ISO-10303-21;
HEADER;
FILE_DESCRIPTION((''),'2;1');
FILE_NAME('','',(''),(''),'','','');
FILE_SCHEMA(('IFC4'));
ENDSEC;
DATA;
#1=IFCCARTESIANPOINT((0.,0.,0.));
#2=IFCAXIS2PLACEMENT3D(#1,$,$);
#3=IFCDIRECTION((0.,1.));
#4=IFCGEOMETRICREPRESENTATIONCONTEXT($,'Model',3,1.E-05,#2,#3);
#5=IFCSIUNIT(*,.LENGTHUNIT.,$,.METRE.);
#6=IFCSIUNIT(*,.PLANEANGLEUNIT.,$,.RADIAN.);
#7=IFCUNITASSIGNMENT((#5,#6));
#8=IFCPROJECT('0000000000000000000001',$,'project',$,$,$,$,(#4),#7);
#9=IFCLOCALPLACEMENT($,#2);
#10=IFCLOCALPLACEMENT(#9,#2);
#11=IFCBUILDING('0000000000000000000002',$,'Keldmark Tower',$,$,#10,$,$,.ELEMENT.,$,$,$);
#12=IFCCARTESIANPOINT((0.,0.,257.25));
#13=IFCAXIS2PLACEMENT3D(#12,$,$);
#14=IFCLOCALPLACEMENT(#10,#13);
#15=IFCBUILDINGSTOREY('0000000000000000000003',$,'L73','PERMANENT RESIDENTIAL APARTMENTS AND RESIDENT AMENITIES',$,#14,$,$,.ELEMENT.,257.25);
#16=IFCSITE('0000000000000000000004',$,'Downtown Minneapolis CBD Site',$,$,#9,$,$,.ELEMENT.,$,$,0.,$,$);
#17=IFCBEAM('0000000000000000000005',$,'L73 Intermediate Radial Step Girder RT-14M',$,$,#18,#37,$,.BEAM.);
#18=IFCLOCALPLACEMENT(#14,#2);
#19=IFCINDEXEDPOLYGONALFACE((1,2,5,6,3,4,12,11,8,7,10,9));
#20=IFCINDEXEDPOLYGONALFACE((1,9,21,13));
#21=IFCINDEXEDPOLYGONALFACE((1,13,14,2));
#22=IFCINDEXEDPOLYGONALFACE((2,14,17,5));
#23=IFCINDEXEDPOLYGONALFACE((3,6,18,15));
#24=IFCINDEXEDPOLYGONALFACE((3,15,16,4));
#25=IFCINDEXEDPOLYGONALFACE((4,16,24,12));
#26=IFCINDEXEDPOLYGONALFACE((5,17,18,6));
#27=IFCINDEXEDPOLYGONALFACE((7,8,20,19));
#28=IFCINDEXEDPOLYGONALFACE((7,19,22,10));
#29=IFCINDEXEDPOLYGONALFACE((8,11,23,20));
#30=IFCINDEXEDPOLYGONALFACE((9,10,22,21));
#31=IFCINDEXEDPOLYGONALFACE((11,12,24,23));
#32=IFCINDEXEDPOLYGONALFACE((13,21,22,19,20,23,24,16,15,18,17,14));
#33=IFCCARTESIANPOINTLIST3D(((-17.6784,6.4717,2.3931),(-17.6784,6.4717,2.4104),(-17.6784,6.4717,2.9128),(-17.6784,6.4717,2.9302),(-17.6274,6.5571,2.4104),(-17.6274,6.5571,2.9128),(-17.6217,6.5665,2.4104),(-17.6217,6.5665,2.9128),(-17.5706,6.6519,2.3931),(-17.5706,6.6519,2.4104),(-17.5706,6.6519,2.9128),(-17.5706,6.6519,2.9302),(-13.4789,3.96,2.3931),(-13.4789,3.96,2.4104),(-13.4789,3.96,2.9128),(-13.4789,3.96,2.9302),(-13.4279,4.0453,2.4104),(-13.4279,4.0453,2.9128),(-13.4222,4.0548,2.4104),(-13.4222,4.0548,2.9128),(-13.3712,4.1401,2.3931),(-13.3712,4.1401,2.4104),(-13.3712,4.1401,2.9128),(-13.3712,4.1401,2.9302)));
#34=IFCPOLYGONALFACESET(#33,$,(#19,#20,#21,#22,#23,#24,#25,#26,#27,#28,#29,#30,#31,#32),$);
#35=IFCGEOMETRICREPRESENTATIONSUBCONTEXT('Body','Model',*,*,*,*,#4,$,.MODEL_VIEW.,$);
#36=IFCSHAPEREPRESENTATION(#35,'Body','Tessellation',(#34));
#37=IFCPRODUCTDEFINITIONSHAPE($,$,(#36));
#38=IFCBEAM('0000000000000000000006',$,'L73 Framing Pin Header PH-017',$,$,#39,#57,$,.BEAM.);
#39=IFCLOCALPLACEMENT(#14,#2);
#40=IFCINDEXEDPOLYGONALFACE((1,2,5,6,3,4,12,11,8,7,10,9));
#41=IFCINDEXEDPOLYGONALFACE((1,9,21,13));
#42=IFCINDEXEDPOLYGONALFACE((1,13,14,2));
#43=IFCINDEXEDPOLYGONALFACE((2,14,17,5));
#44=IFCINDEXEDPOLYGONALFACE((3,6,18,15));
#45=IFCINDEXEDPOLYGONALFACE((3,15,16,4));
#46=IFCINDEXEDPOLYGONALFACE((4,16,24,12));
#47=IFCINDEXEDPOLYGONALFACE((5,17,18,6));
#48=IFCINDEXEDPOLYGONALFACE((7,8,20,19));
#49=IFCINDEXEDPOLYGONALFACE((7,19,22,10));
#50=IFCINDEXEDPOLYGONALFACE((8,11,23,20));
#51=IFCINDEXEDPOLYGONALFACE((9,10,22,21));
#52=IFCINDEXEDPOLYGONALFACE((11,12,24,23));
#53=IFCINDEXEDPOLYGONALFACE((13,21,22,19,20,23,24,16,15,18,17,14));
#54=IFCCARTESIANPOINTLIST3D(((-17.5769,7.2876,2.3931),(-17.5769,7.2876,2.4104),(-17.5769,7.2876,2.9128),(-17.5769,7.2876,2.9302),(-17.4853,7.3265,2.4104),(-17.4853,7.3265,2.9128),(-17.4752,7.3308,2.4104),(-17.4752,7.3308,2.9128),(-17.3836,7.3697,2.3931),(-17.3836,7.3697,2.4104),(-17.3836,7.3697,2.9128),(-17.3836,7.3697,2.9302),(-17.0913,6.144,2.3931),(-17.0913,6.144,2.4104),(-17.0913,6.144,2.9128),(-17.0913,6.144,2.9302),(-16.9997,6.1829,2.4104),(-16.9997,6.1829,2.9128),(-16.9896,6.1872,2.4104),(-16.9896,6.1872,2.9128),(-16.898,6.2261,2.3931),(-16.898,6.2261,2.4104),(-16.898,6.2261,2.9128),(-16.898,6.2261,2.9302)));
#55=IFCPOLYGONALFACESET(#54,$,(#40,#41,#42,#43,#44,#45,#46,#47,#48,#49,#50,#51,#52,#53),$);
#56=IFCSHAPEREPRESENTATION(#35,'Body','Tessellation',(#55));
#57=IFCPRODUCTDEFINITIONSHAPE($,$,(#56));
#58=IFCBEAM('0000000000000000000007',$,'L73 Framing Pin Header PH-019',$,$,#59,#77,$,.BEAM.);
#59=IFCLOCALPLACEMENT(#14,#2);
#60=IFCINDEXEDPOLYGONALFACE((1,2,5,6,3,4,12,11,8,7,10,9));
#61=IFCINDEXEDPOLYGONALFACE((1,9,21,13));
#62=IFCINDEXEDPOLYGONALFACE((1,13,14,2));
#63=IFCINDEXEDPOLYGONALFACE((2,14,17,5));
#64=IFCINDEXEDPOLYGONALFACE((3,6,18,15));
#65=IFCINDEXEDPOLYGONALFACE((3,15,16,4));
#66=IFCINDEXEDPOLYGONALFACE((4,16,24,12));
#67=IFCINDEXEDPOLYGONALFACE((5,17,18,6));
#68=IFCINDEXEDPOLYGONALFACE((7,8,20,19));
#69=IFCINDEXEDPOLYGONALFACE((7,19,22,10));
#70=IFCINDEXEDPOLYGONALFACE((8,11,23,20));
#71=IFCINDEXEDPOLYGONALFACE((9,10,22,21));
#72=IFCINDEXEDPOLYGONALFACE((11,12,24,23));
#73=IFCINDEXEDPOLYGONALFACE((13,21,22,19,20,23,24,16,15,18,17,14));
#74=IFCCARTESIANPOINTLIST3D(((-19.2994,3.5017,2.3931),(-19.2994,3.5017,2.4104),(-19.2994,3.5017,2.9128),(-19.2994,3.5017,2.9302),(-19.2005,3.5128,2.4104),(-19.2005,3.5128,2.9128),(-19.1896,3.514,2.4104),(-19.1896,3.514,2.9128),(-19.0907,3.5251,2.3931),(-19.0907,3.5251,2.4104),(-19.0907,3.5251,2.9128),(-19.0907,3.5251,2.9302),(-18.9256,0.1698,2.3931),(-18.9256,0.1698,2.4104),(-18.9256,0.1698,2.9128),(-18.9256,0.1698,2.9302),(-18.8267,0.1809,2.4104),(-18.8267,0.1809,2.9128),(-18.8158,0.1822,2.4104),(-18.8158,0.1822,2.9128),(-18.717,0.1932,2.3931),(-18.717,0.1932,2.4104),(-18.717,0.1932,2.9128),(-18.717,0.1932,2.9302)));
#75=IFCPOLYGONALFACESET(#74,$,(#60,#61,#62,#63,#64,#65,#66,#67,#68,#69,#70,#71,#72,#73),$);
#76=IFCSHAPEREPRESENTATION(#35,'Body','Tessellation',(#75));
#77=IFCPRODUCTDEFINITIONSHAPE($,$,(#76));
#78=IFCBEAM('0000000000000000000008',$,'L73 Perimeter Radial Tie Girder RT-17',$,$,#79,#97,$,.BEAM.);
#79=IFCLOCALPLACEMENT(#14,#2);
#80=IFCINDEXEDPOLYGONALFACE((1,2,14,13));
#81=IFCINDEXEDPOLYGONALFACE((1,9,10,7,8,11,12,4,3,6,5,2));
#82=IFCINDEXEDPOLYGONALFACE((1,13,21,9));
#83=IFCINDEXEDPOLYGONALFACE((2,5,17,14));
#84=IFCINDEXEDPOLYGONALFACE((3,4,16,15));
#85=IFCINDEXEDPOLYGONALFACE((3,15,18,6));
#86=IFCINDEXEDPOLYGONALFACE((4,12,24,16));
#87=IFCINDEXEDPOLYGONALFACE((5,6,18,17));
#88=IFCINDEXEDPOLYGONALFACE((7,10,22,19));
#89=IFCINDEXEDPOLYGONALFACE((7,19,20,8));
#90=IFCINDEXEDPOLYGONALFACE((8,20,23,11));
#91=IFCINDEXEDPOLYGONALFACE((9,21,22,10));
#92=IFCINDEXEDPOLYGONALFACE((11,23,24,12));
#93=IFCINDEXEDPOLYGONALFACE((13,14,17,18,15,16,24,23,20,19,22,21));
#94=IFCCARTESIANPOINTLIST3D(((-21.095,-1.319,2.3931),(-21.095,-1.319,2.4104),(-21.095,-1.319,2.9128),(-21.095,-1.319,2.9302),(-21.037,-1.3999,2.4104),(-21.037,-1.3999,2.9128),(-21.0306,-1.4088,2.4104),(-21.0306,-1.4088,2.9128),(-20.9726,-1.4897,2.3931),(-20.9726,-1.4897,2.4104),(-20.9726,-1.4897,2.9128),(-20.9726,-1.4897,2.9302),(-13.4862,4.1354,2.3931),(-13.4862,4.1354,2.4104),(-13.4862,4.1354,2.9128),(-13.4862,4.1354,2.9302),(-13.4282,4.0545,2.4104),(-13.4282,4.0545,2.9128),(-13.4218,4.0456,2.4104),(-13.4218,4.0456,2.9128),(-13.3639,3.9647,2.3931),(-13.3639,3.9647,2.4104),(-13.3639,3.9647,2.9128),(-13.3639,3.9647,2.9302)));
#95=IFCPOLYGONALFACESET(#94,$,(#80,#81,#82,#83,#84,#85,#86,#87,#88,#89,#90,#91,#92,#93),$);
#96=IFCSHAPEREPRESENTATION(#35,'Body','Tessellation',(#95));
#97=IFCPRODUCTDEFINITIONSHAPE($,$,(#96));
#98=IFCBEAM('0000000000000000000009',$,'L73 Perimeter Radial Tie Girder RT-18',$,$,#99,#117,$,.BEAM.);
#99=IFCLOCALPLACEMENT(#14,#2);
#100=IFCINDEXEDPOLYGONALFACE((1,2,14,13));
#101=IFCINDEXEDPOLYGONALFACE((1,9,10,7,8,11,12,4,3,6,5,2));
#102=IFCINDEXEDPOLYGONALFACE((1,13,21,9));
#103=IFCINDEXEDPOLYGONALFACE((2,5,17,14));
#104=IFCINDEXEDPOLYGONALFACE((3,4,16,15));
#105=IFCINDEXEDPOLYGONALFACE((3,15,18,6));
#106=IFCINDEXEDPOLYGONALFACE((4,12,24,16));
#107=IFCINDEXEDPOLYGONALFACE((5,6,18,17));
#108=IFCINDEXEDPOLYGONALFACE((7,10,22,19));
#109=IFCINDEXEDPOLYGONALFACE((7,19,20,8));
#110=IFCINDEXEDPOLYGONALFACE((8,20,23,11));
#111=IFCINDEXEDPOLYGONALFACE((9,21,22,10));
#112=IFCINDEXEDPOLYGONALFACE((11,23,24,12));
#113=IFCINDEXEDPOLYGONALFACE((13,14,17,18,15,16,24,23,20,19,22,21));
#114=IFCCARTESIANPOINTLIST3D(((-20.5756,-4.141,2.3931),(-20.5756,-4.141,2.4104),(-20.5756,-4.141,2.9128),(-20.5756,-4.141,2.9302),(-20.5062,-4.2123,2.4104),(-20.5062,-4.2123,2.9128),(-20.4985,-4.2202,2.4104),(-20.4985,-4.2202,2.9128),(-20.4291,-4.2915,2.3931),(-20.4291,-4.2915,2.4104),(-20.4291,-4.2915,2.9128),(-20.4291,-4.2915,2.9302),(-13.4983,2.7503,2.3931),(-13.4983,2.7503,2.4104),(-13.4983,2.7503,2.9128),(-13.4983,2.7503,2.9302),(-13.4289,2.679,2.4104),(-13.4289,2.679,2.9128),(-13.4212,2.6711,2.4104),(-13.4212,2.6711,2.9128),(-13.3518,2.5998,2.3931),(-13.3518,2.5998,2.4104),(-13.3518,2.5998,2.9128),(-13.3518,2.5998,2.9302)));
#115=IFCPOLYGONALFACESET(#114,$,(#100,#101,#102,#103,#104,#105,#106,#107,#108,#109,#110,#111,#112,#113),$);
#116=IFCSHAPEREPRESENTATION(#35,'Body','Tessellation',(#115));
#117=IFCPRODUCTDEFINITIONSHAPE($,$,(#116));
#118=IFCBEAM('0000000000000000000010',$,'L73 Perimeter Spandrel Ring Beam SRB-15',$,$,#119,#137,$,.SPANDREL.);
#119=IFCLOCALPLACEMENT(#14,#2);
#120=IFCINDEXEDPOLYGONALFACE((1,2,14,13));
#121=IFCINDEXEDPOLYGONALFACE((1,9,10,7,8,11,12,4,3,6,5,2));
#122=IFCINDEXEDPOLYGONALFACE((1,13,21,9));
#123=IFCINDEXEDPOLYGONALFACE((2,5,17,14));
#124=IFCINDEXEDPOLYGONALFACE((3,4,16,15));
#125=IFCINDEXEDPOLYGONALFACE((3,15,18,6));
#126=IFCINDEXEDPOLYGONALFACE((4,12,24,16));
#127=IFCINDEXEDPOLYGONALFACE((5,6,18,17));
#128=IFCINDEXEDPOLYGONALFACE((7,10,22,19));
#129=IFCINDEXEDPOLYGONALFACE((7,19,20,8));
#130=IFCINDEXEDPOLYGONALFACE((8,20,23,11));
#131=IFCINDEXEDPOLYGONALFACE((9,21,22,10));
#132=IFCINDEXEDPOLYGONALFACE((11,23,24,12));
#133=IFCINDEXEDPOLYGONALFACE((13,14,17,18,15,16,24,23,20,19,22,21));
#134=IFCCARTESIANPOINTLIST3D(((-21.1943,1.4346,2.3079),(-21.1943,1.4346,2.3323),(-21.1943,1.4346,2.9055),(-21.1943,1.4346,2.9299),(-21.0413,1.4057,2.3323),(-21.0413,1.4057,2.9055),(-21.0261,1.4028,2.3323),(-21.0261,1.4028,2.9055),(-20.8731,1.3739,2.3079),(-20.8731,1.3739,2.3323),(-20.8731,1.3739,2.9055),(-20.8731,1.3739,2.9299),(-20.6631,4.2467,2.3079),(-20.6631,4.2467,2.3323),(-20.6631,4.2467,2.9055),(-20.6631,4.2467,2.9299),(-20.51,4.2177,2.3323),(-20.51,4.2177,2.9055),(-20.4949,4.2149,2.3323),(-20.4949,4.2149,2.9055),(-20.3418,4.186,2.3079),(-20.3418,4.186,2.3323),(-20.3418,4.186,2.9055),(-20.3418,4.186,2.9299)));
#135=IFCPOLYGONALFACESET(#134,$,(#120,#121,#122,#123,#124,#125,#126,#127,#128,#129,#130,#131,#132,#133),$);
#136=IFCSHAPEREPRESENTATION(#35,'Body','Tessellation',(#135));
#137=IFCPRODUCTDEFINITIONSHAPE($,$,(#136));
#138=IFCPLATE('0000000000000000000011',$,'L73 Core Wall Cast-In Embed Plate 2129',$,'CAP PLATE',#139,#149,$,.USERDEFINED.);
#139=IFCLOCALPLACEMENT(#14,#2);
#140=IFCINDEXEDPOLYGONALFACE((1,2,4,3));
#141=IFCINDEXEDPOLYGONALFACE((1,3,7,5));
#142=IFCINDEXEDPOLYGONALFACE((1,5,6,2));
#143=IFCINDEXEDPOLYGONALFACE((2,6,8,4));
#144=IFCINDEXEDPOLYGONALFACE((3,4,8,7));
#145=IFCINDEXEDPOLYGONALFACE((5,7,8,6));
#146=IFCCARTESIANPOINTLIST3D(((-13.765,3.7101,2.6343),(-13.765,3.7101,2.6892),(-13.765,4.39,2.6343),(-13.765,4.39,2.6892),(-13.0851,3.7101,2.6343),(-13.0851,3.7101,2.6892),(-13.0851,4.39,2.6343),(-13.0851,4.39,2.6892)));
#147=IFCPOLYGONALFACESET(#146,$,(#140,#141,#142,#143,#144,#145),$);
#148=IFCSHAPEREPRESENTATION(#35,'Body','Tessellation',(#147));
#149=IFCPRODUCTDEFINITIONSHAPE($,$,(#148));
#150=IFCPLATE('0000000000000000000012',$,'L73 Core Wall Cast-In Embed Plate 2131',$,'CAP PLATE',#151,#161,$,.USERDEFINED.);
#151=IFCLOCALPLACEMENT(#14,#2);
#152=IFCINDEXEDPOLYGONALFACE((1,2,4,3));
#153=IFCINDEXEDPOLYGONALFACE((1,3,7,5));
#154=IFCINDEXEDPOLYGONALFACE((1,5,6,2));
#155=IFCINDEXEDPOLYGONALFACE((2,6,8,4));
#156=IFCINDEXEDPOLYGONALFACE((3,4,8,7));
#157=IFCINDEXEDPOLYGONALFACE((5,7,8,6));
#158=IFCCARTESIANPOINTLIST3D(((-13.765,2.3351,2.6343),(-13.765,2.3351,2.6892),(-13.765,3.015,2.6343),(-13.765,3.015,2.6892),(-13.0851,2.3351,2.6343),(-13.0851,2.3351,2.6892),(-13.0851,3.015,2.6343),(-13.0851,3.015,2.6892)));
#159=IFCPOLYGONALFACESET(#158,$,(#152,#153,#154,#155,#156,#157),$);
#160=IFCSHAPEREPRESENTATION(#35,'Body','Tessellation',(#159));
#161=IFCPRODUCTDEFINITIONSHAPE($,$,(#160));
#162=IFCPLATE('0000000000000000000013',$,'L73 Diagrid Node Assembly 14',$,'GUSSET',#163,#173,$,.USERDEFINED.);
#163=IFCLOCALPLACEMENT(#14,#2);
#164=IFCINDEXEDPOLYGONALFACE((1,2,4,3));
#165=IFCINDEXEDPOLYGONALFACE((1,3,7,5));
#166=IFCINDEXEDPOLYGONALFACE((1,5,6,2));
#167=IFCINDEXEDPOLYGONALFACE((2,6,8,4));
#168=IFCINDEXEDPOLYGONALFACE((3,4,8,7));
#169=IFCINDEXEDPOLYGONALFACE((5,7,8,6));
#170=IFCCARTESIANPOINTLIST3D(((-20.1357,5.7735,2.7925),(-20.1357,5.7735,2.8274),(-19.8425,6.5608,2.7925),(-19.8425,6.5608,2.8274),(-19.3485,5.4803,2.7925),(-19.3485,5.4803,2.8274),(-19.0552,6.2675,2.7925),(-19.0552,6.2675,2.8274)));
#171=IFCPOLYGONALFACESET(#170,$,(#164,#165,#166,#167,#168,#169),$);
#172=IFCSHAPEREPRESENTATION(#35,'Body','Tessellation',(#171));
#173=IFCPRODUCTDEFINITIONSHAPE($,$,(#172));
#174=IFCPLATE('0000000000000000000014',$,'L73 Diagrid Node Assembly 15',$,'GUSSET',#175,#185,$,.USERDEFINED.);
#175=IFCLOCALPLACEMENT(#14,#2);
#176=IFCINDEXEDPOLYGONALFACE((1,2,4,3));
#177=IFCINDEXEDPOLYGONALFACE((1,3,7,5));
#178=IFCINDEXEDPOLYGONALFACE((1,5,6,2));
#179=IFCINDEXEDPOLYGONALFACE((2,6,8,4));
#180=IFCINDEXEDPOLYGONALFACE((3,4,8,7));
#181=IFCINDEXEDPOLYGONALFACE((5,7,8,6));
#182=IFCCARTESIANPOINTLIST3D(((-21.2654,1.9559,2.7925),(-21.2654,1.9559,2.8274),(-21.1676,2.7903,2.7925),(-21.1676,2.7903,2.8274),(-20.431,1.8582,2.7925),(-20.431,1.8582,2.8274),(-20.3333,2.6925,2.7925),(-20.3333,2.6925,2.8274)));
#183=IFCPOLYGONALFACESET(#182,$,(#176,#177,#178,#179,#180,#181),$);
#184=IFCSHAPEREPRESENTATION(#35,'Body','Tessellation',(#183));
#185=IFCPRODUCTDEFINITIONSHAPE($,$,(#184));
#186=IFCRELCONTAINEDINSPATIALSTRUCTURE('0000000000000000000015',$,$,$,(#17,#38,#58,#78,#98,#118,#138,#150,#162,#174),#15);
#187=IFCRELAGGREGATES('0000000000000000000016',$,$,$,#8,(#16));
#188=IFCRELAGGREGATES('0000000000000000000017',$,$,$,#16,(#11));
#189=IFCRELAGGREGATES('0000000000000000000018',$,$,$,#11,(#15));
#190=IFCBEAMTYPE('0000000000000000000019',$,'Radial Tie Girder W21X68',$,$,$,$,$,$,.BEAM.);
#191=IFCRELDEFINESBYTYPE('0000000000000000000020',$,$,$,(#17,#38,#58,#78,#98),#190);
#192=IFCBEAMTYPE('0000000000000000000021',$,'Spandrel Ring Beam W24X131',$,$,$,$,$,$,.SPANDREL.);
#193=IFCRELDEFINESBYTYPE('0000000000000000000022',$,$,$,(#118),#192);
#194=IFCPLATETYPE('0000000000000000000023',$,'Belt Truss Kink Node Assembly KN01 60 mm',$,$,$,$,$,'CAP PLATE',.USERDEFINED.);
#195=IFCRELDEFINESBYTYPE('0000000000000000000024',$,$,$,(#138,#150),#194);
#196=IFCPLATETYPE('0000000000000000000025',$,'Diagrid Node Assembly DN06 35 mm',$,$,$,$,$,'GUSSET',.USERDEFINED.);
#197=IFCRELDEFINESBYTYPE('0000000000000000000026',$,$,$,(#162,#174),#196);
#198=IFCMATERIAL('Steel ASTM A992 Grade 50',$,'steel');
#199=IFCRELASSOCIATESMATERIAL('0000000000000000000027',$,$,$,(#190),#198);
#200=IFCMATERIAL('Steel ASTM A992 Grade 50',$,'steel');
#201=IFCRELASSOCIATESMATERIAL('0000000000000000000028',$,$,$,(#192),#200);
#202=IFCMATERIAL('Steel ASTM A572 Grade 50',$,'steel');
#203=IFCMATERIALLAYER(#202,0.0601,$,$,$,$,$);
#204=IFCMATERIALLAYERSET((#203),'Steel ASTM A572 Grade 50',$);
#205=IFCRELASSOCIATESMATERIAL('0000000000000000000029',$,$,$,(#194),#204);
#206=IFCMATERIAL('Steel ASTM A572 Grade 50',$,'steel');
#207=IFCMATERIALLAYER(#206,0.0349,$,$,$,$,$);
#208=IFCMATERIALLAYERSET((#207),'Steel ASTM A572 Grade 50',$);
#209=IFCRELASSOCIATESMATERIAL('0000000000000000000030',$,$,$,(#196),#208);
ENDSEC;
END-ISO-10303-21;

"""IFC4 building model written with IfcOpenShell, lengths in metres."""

from ifc_helpers import new_model, si_unit, direction, frame, origin, origin_2d, place, context, subcontext, project, spatial, rectangle, i_section, extrude, material, layer, layer_set, material_profile, profile_set, type_object, element, save


model = new_model("IFC4")

# Units and contexts
model_context = context("Model", 3, precision=1e-05, world=origin(), true_north=direction((0.0, 1.0)))
body_context = subcontext(model_context, "Body", "Model", "MODEL_VIEW")
ifc_project = project(units=[si_unit("LENGTHUNIT", "METRE"), si_unit("PLANEANGLEUNIT", "RADIAN")], contexts=[model_context])

# Site, building, storey
site_placement = place(None, origin())
site = spatial("IfcSite", under=ifc_project, at=site_placement, Name="Downtown Minneapolis CBD Site", CompositionType="ELEMENT", RefElevation=0.0)
building_placement = place(site_placement, origin())
building = spatial("IfcBuilding", under=site, at=building_placement, Name="Keldmark Tower", CompositionType="ELEMENT")
storey_placement = place(building_placement, frame((0.0, 0.0, 257.25)))
storey = spatial("IfcBuildingStorey", under=building, at=storey_placement, Name="L73", Description="PERMANENT RESIDENTIAL APARTMENTS AND RESIDENT AMENITIES", CompositionType="ELEMENT", Elevation=257.25)

# Beams
ifc_material_1 = material(Name="Steel ASTM A992 Grade 50", Category="steel")
ifc_material_profile_1 = material_profile(ifc_material_1, i_section(OverallWidth=0.21, OverallDepth=0.5371, WebThickness=0.011, FlangeThickness=0.0173, at=origin_2d()), Name="W21X68")
ifc_profile_set_1 = profile_set([ifc_material_profile_1], Name="Steel ASTM A992 Grade 50")
beam_type_1 = type_object("IfcBeamType", Name="Radial Tie Girder W21X68", PredefinedType="BEAM", material=ifc_profile_set_1)
beam_1_placement = place(storey_placement, frame((-13.425, 4.05, 2.6616), z_axis=(-0.85821, 0.513299, 0.0), x_axis=(-0.513299, -0.85821, 0.0)))
element("IfcBeam", 1, at=beam_1_placement, inside=storey, type_object=beam_type_1, Name="L73 Intermediate Radial Step Girder RT-14M", PredefinedType="BEAM", context=body_context, shape_type="SweptSolid", body=[
    extrude(i_section(OverallWidth=0.21, OverallDepth=0.5371, WebThickness=0.011, FlangeThickness=0.0173, at=origin_2d()), origin(), (0.0, 0.0, 1.0), 4.8933),
])
beam_2_placement = place(storey_placement, frame((-16.9946, 6.1851, 2.6616), z_axis=(-0.390858, 0.920451, 0.0), x_axis=(-0.920451, -0.390858, 0.0)))
element("IfcBeam", 2, at=beam_2_placement, inside=storey, type_object=beam_type_1, Name="L73 Framing Pin Header PH-017", PredefinedType="BEAM", context=body_context, shape_type="SweptSolid", body=[
    extrude(i_section(OverallWidth=0.21, OverallDepth=0.5371, WebThickness=0.011, FlangeThickness=0.0173, at=origin_2d()), origin(), (0.0, 0.0, 1.0), 1.2424),
])
beam_3_placement = place(storey_placement, frame((-19.1951, 3.5134, 2.6616), z_axis=(0.111486, -0.993766, 0.0), x_axis=(0.993766, 0.111486, 0.0)))
element("IfcBeam", 3, at=beam_3_placement, inside=storey, type_object=beam_type_1, Name="L73 Framing Pin Header PH-019", PredefinedType="BEAM", context=body_context, shape_type="SweptSolid", body=[
    extrude(i_section(OverallWidth=0.21, OverallDepth=0.5371, WebThickness=0.011, FlangeThickness=0.0173, at=origin_2d()), origin(), (0.0, 0.0, 1.0), 3.3528),
])
beam_4_placement = place(storey_placement, frame((-13.425, 4.05, 2.6616), z_axis=(-0.812742, -0.582624, 0.0), x_axis=(0.582624, -0.812742, 0.0)))
element("IfcBeam", 4, at=beam_4_placement, inside=storey, type_object=beam_type_1, Name="L73 Perimeter Radial Tie Girder RT-17", PredefinedType="BEAM", context=body_context, shape_type="SweptSolid", body=[
    extrude(i_section(OverallWidth=0.21, OverallDepth=0.5371, WebThickness=0.011, FlangeThickness=0.0173, at=origin_2d()), origin(), (0.0, 0.0, 1.0), 9.3618),
])
beam_5_placement = place(storey_placement, frame((-13.425, 2.675, 2.6616), z_axis=(-0.71646, -0.697628, 0.0), x_axis=(0.697628, -0.71646, 0.0)))
element("IfcBeam", 5, at=beam_5_placement, inside=storey, type_object=beam_type_1, Name="L73 Perimeter Radial Tie Girder RT-18", PredefinedType="BEAM", context=body_context, shape_type="SweptSolid", body=[
    extrude(i_section(OverallWidth=0.21, OverallDepth=0.5371, WebThickness=0.011, FlangeThickness=0.0173, at=origin_2d()), origin(), (0.0, 0.0, 1.0), 9.8782),
])
ifc_material_2 = material(Name="Steel ASTM A992 Grade 50", Category="steel")
ifc_material_profile_2 = material_profile(ifc_material_2, i_section(OverallWidth=0.3269, OverallDepth=0.6221, WebThickness=0.0154, FlangeThickness=0.0244, at=origin_2d()), Name="W24X131")
ifc_profile_set_2 = profile_set([ifc_material_profile_2], Name="Steel ASTM A992 Grade 50")
beam_type_2 = type_object("IfcBeamType", Name="Spandrel Ring Beam W24X131", PredefinedType="SPANDREL", material=ifc_profile_set_2)
beam_6_placement = place(storey_placement, frame((-20.5024, 4.2163, 2.6189), z_axis=(-0.185638, -0.982618, 0.0), x_axis=(0.982618, -0.185638, 0.0)))
element("IfcBeam", 6, at=beam_6_placement, inside=storey, type_object=beam_type_2, Name="L73 Perimeter Spandrel Ring Beam SRB-15", PredefinedType="SPANDREL", context=body_context, shape_type="SweptSolid", body=[
    extrude(i_section(OverallWidth=0.3269, OverallDepth=0.6221, WebThickness=0.0154, FlangeThickness=0.0244, at=origin_2d()), origin(), (0.0, 0.0, 1.0), 2.8618),
])

# Plates
ifc_material_3 = material(Name="Steel ASTM A572 Grade 50", Category="steel")
ifc_layer_1 = layer(ifc_material_3, 0.0601)
ifc_layer_set_1 = layer_set([ifc_layer_1], Name="Steel ASTM A572 Grade 50")
plate_type_1 = type_object("IfcPlateType", Name="Belt Truss Kink Node Assembly KN01 60 mm", ElementType="CAP PLATE", PredefinedType="USERDEFINED", material=ifc_layer_set_1)
for number, where, z_axis, x_axis, name in (
    (7, (-13.425, 4.05, 2.6343), (0.0, 0.0, 1.0), (1.0, 0.0, 0.0), "L73 Core Wall Cast-In Embed Plate 2129"),
    (8, (-13.425, 2.675, 2.6343), (0.0, 0.0, 1.0), (1.0, 0.0, 0.0), "L73 Core Wall Cast-In Embed Plate 2131"),
):
    element("IfcPlate", number, at=place(storey_placement, frame(where, z_axis=z_axis, x_axis=x_axis)), inside=storey, type_object=plate_type_1, Name=name, ObjectType="CAP PLATE", PredefinedType="USERDEFINED", context=body_context, shape_type="SweptSolid", body=[
        extrude(rectangle(XDim=0.6799, YDim=0.6799, at=origin_2d()), origin(), (0.0, 0.0, 1.0), 0.0549),
    ])
ifc_material_4 = material(Name="Steel ASTM A572 Grade 50", Category="steel")
ifc_layer_2 = layer(ifc_material_4, 0.0349)
ifc_layer_set_2 = layer_set([ifc_layer_2], Name="Steel ASTM A572 Grade 50")
plate_type_2 = type_object("IfcPlateType", Name="Diagrid Node Assembly DN06 35 mm", ElementType="GUSSET", PredefinedType="USERDEFINED", material=ifc_layer_set_2)
for number, where, z_axis, x_axis, name in (
    (9, (-19.5955, 6.0205, 2.7925), (0.0, 0.0, 1.0), (-0.349063, -0.937099, 0.0), "L73 Diagrid Node Assembly 14"),
    (10, (-20.7993, 2.3242, 2.7925), (0.0, 0.0, 1.0), (-0.116324, -0.993211, 0.0), "L73 Diagrid Node Assembly 15"),
):
    element("IfcPlate", number, at=place(storey_placement, frame(where, z_axis=z_axis, x_axis=x_axis)), inside=storey, type_object=plate_type_2, Name=name, ObjectType="GUSSET", PredefinedType="USERDEFINED", context=body_context, shape_type="SweptSolid", body=[
        extrude(rectangle(XDim=0.8401, YDim=0.8401, at=origin_2d()), origin(), (0.0, 0.0, 1.0), 0.0349),
    ])

save(model, "model.ifc")
